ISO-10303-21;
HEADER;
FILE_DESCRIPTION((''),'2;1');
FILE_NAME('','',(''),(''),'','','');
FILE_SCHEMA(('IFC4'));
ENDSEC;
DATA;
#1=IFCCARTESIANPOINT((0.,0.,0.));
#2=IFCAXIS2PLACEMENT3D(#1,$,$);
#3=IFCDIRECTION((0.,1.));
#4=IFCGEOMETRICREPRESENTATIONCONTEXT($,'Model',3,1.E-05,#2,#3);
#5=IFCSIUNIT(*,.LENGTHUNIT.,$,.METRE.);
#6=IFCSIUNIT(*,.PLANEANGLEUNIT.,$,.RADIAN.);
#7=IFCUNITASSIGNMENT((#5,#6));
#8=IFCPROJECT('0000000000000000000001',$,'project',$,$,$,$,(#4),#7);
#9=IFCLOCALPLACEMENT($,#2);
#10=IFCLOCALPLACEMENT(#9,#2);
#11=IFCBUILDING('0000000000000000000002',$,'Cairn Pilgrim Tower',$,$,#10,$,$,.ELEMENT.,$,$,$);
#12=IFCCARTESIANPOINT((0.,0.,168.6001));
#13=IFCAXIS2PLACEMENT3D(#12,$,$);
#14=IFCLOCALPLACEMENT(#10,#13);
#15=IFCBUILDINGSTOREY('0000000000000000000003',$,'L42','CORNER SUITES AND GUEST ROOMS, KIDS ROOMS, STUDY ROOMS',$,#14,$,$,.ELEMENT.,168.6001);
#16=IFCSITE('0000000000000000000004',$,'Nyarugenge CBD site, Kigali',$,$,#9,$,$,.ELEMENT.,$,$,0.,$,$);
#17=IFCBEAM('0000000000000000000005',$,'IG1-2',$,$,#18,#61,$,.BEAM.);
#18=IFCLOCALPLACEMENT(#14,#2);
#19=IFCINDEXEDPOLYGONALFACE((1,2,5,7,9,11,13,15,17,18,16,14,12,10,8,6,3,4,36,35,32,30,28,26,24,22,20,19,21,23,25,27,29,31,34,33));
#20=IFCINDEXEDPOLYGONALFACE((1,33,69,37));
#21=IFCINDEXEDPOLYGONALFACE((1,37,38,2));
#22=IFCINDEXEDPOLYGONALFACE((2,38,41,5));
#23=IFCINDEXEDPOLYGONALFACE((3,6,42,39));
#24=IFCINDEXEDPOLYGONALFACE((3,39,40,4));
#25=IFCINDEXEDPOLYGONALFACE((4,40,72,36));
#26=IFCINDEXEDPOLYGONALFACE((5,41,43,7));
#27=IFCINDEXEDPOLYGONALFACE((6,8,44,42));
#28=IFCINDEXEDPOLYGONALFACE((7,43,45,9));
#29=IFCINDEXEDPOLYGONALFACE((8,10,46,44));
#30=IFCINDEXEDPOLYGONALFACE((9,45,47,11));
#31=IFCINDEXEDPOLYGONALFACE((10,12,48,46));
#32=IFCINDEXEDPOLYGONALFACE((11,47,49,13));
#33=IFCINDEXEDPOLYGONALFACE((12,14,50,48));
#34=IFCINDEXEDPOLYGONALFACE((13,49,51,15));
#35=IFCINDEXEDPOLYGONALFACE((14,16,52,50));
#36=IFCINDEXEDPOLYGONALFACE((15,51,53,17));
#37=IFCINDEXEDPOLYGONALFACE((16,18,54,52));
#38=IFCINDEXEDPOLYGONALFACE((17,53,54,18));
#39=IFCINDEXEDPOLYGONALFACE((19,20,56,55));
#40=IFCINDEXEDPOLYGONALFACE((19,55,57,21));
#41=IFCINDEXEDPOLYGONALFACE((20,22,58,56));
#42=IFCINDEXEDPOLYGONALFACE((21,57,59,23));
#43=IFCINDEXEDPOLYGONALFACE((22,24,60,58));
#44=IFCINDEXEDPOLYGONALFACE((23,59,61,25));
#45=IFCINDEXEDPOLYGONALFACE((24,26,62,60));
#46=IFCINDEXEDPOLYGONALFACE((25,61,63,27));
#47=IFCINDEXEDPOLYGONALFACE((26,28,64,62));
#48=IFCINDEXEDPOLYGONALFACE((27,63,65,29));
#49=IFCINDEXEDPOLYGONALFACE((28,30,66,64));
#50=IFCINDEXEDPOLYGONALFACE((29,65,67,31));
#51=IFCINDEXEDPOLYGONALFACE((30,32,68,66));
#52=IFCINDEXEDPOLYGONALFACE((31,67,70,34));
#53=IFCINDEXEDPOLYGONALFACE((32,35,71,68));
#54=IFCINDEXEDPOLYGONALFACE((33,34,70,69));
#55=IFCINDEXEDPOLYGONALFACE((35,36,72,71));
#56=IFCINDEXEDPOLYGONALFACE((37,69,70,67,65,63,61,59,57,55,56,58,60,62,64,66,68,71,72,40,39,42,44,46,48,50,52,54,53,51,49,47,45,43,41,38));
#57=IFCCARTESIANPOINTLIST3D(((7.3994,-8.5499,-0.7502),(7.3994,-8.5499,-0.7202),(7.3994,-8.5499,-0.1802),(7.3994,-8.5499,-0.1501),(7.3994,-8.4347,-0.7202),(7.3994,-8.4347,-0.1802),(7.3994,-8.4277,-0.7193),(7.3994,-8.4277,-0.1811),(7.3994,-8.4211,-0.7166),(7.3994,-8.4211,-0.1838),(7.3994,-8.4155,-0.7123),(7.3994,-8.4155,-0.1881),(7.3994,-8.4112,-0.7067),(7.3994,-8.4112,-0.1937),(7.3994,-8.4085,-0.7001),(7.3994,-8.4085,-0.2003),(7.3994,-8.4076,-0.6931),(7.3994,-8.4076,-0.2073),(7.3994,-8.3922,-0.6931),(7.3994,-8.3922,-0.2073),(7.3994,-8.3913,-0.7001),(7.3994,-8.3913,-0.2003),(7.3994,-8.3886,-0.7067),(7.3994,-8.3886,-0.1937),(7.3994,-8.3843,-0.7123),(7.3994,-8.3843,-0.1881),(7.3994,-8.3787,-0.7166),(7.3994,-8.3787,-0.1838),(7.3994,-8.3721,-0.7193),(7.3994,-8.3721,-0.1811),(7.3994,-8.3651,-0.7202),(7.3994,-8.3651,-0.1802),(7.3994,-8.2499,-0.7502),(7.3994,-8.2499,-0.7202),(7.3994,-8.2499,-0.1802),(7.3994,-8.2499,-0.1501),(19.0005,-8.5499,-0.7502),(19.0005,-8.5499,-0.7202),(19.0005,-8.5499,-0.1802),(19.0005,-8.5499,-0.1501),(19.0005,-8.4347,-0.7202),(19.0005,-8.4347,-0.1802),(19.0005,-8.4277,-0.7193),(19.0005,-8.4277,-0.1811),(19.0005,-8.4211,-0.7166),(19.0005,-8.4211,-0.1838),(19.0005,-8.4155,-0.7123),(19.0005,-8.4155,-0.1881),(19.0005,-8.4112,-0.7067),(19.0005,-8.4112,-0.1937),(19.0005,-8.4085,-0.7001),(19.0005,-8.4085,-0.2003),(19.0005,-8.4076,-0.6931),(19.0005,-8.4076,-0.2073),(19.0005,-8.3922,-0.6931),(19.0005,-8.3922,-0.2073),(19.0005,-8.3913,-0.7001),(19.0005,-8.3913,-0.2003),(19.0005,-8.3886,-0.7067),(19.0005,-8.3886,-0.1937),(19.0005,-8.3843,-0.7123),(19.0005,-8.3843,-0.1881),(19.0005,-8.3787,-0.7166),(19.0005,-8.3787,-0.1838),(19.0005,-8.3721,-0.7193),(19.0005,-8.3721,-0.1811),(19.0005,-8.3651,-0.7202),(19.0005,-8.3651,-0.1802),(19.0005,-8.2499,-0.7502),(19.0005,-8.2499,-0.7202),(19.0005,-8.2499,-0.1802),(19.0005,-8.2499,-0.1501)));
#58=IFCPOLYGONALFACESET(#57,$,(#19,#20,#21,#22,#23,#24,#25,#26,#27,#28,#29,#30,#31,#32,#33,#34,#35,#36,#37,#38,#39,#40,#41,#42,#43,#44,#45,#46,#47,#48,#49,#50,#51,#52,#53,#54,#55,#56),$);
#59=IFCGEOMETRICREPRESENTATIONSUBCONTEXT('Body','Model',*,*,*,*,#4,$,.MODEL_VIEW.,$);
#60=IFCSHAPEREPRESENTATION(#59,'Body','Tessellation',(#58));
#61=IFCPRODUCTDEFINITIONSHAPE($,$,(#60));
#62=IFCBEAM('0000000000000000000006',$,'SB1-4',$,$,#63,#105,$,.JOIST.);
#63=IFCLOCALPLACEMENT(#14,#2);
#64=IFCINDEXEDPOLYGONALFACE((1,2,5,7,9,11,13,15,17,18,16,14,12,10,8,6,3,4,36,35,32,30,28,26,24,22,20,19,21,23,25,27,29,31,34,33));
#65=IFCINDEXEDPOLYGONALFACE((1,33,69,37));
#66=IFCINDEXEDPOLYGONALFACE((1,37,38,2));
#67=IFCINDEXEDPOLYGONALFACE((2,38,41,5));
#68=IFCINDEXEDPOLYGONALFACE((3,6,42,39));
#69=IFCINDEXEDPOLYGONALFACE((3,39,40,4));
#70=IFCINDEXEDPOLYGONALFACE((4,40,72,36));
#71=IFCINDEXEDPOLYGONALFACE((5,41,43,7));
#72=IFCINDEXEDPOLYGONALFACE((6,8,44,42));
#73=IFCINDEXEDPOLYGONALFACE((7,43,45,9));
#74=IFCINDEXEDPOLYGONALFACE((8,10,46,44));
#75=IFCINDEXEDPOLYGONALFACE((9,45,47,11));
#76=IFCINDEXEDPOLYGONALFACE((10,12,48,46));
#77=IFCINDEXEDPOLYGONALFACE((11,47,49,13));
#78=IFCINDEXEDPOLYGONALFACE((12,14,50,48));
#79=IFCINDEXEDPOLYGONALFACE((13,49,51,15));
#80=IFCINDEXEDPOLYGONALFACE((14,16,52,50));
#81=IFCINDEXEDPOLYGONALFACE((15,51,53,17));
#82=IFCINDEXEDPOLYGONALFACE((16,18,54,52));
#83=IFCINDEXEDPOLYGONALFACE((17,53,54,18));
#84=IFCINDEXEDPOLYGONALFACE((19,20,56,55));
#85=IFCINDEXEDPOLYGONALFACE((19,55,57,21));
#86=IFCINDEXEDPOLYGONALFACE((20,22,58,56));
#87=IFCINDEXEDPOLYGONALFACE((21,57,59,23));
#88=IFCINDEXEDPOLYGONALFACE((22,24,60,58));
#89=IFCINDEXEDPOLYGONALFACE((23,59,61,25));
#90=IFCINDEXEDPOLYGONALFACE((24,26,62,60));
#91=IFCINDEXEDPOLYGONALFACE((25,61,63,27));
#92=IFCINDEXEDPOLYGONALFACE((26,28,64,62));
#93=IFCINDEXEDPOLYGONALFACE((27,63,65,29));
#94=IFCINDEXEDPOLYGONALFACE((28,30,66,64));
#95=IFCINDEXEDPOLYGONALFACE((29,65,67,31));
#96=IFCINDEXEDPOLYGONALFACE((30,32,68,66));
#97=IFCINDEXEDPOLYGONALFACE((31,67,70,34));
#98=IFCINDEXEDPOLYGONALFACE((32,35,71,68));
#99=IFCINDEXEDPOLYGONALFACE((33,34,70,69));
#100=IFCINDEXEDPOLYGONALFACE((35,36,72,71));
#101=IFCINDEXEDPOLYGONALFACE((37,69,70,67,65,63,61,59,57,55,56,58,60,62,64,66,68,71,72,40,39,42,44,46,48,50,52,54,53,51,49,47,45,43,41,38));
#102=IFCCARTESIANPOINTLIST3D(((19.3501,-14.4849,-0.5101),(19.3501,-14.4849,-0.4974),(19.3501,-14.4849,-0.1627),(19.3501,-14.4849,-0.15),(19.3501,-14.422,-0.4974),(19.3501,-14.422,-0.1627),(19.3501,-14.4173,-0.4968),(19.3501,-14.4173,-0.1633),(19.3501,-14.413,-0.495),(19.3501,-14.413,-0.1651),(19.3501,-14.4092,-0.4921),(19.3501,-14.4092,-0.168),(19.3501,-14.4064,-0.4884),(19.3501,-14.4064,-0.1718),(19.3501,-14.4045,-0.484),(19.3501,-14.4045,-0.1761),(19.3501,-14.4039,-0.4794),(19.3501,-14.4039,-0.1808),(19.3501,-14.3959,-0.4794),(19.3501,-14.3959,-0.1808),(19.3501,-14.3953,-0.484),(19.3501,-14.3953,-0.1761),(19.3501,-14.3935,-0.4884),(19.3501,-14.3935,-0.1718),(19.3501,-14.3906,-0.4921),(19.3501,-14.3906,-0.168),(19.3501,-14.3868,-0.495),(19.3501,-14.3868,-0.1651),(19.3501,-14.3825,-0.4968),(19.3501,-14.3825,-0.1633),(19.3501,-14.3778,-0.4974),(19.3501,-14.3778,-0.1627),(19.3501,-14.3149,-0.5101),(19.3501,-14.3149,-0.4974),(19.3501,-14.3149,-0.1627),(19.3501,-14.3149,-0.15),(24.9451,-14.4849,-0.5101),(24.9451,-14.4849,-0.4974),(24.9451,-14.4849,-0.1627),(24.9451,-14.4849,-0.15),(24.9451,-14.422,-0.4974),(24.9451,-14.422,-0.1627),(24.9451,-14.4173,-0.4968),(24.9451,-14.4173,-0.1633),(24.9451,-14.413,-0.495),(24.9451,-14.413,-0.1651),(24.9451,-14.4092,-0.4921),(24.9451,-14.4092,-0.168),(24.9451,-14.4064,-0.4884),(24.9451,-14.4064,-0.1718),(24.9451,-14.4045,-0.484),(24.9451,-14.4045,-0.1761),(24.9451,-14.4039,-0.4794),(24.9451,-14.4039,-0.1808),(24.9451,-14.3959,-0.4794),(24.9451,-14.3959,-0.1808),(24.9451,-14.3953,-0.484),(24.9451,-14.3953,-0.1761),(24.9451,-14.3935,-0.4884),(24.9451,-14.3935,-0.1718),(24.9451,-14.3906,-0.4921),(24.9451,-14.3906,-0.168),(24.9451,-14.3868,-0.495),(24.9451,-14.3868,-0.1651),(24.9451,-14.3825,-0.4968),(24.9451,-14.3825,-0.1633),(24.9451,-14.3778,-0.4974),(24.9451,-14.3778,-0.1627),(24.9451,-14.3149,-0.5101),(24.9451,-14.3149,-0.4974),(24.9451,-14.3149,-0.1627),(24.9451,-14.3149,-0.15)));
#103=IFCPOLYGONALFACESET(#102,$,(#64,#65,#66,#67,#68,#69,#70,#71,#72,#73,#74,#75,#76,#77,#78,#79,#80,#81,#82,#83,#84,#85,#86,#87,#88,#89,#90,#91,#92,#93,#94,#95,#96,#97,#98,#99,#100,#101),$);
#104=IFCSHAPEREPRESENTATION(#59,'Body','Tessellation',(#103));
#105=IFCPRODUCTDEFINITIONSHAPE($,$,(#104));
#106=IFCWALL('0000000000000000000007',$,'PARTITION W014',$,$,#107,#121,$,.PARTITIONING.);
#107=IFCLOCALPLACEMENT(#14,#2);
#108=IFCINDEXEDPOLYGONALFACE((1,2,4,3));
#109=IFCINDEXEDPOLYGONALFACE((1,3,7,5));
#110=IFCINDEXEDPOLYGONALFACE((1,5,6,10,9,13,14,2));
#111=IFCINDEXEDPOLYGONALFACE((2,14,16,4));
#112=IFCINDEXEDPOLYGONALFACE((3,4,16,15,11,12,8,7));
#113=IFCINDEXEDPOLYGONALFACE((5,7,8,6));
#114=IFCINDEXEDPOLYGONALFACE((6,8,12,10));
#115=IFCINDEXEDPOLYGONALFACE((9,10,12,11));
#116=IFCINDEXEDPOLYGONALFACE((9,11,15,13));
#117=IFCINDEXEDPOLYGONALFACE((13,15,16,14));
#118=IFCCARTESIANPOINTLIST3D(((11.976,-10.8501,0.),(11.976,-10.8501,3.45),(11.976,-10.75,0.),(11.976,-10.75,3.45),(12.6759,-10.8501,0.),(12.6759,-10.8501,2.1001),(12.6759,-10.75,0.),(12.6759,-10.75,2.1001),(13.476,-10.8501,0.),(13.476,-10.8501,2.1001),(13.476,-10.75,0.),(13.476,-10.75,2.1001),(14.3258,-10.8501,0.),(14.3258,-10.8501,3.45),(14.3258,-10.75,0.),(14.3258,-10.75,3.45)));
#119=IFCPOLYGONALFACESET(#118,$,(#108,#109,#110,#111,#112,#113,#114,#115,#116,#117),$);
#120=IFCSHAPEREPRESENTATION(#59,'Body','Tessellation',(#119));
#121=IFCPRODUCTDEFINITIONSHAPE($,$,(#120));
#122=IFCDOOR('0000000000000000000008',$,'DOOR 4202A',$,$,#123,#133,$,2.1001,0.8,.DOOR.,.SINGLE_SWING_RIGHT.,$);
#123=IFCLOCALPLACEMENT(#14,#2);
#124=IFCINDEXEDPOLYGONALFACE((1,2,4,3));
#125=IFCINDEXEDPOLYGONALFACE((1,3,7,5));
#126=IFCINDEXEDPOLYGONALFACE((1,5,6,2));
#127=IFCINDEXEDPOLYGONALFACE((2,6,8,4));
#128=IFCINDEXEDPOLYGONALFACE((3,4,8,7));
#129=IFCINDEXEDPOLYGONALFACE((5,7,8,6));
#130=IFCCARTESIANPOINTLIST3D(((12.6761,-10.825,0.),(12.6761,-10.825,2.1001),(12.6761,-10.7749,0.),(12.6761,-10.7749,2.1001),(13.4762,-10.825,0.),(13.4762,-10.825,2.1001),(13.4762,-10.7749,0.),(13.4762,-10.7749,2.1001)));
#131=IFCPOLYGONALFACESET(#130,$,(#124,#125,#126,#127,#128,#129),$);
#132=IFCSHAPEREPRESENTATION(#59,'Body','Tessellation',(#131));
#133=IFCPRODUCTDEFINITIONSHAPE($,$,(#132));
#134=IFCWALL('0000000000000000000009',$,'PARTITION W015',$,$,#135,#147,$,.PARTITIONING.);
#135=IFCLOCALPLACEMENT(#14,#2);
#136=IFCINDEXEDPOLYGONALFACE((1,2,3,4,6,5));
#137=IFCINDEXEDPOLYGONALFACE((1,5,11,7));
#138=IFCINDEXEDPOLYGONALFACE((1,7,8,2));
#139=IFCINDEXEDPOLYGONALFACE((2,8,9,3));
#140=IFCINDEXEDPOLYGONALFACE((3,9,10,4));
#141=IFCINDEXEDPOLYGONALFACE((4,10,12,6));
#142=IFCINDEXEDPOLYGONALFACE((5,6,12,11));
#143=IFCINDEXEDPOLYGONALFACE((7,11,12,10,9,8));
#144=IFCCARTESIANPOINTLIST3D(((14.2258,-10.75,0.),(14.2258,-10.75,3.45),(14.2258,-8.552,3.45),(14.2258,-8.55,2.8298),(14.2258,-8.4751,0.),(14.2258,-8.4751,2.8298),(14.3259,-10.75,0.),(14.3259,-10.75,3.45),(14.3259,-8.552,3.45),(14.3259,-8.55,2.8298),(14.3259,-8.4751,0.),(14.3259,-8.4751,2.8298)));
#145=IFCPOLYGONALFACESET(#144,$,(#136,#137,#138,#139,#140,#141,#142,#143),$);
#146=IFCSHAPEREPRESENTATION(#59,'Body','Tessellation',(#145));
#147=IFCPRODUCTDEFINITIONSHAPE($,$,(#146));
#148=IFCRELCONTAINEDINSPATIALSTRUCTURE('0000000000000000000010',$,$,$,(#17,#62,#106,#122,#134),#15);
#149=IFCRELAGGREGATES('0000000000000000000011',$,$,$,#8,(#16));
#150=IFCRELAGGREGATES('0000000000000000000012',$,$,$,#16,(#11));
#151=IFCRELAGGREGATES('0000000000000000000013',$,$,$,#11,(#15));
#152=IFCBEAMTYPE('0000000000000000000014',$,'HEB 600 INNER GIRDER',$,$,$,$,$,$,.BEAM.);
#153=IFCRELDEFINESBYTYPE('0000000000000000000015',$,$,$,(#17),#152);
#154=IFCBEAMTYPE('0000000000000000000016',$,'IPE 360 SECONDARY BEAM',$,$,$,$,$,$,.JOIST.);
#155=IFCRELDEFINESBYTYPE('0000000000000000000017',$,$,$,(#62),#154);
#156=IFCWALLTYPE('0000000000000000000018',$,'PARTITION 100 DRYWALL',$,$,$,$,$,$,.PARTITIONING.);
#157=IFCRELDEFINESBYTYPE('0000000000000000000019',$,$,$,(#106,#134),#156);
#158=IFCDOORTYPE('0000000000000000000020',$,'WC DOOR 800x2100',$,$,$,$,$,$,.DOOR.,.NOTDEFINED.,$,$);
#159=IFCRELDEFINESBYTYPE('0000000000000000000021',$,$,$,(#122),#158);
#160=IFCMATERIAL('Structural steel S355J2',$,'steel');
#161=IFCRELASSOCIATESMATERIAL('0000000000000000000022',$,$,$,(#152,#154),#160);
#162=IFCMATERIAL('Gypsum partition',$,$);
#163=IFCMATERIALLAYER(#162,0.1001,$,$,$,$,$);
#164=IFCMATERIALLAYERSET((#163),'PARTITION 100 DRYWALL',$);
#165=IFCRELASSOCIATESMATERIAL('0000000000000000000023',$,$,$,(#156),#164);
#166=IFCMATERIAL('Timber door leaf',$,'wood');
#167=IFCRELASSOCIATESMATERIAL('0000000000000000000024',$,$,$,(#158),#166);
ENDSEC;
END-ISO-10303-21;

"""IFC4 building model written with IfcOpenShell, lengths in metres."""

from ifc_helpers import new_model, si_unit, direction, frame, frame_2d, origin, origin_2d, place, context, subcontext, project, spatial, polyline, rectangle, i_section, outline, extrude, material, layer, layer_set, material_profile, profile_set, type_object, element, fill, save


model = new_model("IFC4")

# Units and contexts
model_context = context("Model", 3, precision=1e-05, world=origin(), true_north=direction((0.0, 1.0)))
body_context = subcontext(model_context, "Body", "Model", "MODEL_VIEW")
ifc_project = project(units=[si_unit("LENGTHUNIT", "METRE"), si_unit("PLANEANGLEUNIT", "RADIAN")], contexts=[model_context])

# Site, building, storey
site_placement = place(None, origin())
site = spatial("IfcSite", under=ifc_project, at=site_placement, Name="Nyarugenge CBD site, Kigali", CompositionType="ELEMENT", RefElevation=0.0)
building_placement = place(site_placement, origin())
building = spatial("IfcBuilding", under=site, at=building_placement, Name="Cairn Pilgrim Tower", CompositionType="ELEMENT")
storey_placement = place(building_placement, frame((0.0, 0.0, 168.6001)))
storey = spatial("IfcBuildingStorey", under=building, at=storey_placement, Name="L42", Description="CORNER SUITES AND GUEST ROOMS, KIDS ROOMS, STUDY ROOMS", CompositionType="ELEMENT", Elevation=168.6001)

# Shared definitions
ifc_material_1 = material(Name="Structural steel S355J2", Category="steel")

# Beams
ifc_material_profile_1 = material_profile(ifc_material_1, i_section(OverallWidth=0.3, OverallDepth=0.6001, WebThickness=0.0154, FlangeThickness=0.03, FilletRadius=0.0271, at=origin_2d()), Name="HEB 600")
ifc_profile_set_1 = profile_set([ifc_material_profile_1], Name="Structural steel S355J2")
beam_type_1 = type_object("IfcBeamType", Name="HEB 600 INNER GIRDER", PredefinedType="BEAM", material=ifc_profile_set_1)
beam_1_placement = place(storey_placement, frame((7.3994, -8.3999, -0.4502), z_axis=(1.0, 0.0, 0.0), x_axis=(0.0, 1.0, 0.0)))
element("IfcBeam", 1, at=beam_1_placement, inside=storey, type_object=beam_type_1, Name="IG1-2", PredefinedType="BEAM", context=body_context, shape_type="SweptSolid", body=[
    extrude(i_section(OverallWidth=0.3, OverallDepth=0.6001, WebThickness=0.0154, FlangeThickness=0.03, FilletRadius=0.0271, at=origin_2d()), origin(), (0.0, 0.0, 1.0), 11.6011),
])
ifc_material_profile_2 = material_profile(ifc_material_1, i_section(OverallWidth=0.1699, OverallDepth=0.3601, WebThickness=0.0081, FlangeThickness=0.0127, FilletRadius=0.0181, at=origin_2d()), Name="IPE 360")
ifc_profile_set_2 = profile_set([ifc_material_profile_2], Name="Structural steel S355J2")
beam_type_2 = type_object("IfcBeamType", Name="IPE 360 SECONDARY BEAM", PredefinedType="JOIST", material=ifc_profile_set_2)
beam_2_placement = place(storey_placement, frame((19.3501, -14.3999, -0.3301), z_axis=(1.0, 0.0, 0.0), x_axis=(0.0, 1.0, 0.0)))
element("IfcBeam", 2, at=beam_2_placement, inside=storey, type_object=beam_type_2, Name="SB1-4", PredefinedType="JOIST", context=body_context, shape_type="SweptSolid", body=[
    extrude(i_section(OverallWidth=0.1699, OverallDepth=0.3601, WebThickness=0.0081, FlangeThickness=0.0127, FilletRadius=0.0181, at=origin_2d()), origin(), (0.0, 0.0, 1.0), 5.595),
])

# Wall, opening, door
ifc_material_2 = material(Name="Gypsum partition")
ifc_layer_1 = layer(ifc_material_2, 0.1001)
ifc_layer_set_1 = layer_set([ifc_layer_1], Name="PARTITION 100 DRYWALL")
wall_type_1 = type_object("IfcWallType", Name="PARTITION 100 DRYWALL", PredefinedType="PARTITIONING", material=ifc_layer_set_1)
wall_1_placement = place(storey_placement, frame((11.9761, -10.8, 0.0), z_axis=(0.0, 0.0, 1.0), x_axis=(1.0, 0.0, 0.0)))
wall_1 = element("IfcWall", 3, at=wall_1_placement, inside=storey, type_object=wall_type_1, Name="PARTITION W014", PredefinedType="PARTITIONING", context=body_context, shape_type="SweptSolid", body=[
    extrude(rectangle(XDim=2.3499, YDim=0.1001, at=frame_2d((1.1748, 0.0))), origin(), (0.0, 0.0, 1.0), 3.45),
])
opening_1_placement = place(wall_1_placement, frame((0.7, 0.0, 0.0)))
opening_1 = element("IfcOpeningElement", 4, at=opening_1_placement, cuts=wall_1, PredefinedType="OPENING", context=body_context, shape_type="SweptSolid", body=[
    extrude(rectangle(XDim=0.8, YDim=2.1001, at=frame_2d((0.3999, 1.05))), frame((0.0, 0.0601, 0.0), z_axis=(0.0, -1.0, 0.0), x_axis=(1.0, 0.0, 0.0)), (0.0, 0.0, 1.0), 0.1201),
])
ifc_material_3 = material(Name="Timber door leaf", Category="wood")
door_type_1 = type_object("IfcDoorType", Name="WC DOOR 800x2100", OperationType="NOTDEFINED", PredefinedType="DOOR", material=ifc_material_3)
door_1_placement = place(opening_1_placement, frame((0.8, 0.0, 0.0), z_axis=(0.0, 0.0, 1.0), x_axis=(-1.0, 0.0, 0.0)))
door_1 = element("IfcDoor", 5, at=door_1_placement, inside=storey, type_object=door_type_1, Name="DOOR 4202A", OperationType="SINGLE_SWING_RIGHT", OverallHeight=2.1001, OverallWidth=0.8, PredefinedType="DOOR", context=body_context, shape_type="SweptSolid", body=[
    extrude(rectangle(XDim=0.8, YDim=2.1001, at=frame_2d((0.3999, 1.05))), frame((0.0, 0.0249, 0.0), z_axis=(0.0, -1.0, 0.0), x_axis=(1.0, 0.0, 0.0)), (0.0, 0.0, 1.0), 0.05),
])
fill(opening_1, door_1)

# Wall
wall_2_placement = place(storey_placement, frame((14.2759, -10.75, 0.0), z_axis=(0.0, 0.0, 1.0), x_axis=(0.0, 1.0, 0.0)))
element("IfcWall", 6, at=wall_2_placement, inside=storey, type_object=wall_type_1, Name="PARTITION W015", PredefinedType="PARTITIONING", context=body_context, shape_type="SweptSolid", body=[
    extrude(outline(polyline([(0.0, 0.0), (2.2749, 0.0), (2.2749, 2.8298), (2.2, 2.8298), (2.198, 3.45), (0.0, 3.45), (0.0, 0.0)])), frame((0.0, 0.05, 0.0), z_axis=(0.0, -1.0, 0.0), x_axis=(1.0, 0.0, 0.0)), (0.0, 0.0, 1.0), 0.1001),
])

save(model, "model.ifc")
